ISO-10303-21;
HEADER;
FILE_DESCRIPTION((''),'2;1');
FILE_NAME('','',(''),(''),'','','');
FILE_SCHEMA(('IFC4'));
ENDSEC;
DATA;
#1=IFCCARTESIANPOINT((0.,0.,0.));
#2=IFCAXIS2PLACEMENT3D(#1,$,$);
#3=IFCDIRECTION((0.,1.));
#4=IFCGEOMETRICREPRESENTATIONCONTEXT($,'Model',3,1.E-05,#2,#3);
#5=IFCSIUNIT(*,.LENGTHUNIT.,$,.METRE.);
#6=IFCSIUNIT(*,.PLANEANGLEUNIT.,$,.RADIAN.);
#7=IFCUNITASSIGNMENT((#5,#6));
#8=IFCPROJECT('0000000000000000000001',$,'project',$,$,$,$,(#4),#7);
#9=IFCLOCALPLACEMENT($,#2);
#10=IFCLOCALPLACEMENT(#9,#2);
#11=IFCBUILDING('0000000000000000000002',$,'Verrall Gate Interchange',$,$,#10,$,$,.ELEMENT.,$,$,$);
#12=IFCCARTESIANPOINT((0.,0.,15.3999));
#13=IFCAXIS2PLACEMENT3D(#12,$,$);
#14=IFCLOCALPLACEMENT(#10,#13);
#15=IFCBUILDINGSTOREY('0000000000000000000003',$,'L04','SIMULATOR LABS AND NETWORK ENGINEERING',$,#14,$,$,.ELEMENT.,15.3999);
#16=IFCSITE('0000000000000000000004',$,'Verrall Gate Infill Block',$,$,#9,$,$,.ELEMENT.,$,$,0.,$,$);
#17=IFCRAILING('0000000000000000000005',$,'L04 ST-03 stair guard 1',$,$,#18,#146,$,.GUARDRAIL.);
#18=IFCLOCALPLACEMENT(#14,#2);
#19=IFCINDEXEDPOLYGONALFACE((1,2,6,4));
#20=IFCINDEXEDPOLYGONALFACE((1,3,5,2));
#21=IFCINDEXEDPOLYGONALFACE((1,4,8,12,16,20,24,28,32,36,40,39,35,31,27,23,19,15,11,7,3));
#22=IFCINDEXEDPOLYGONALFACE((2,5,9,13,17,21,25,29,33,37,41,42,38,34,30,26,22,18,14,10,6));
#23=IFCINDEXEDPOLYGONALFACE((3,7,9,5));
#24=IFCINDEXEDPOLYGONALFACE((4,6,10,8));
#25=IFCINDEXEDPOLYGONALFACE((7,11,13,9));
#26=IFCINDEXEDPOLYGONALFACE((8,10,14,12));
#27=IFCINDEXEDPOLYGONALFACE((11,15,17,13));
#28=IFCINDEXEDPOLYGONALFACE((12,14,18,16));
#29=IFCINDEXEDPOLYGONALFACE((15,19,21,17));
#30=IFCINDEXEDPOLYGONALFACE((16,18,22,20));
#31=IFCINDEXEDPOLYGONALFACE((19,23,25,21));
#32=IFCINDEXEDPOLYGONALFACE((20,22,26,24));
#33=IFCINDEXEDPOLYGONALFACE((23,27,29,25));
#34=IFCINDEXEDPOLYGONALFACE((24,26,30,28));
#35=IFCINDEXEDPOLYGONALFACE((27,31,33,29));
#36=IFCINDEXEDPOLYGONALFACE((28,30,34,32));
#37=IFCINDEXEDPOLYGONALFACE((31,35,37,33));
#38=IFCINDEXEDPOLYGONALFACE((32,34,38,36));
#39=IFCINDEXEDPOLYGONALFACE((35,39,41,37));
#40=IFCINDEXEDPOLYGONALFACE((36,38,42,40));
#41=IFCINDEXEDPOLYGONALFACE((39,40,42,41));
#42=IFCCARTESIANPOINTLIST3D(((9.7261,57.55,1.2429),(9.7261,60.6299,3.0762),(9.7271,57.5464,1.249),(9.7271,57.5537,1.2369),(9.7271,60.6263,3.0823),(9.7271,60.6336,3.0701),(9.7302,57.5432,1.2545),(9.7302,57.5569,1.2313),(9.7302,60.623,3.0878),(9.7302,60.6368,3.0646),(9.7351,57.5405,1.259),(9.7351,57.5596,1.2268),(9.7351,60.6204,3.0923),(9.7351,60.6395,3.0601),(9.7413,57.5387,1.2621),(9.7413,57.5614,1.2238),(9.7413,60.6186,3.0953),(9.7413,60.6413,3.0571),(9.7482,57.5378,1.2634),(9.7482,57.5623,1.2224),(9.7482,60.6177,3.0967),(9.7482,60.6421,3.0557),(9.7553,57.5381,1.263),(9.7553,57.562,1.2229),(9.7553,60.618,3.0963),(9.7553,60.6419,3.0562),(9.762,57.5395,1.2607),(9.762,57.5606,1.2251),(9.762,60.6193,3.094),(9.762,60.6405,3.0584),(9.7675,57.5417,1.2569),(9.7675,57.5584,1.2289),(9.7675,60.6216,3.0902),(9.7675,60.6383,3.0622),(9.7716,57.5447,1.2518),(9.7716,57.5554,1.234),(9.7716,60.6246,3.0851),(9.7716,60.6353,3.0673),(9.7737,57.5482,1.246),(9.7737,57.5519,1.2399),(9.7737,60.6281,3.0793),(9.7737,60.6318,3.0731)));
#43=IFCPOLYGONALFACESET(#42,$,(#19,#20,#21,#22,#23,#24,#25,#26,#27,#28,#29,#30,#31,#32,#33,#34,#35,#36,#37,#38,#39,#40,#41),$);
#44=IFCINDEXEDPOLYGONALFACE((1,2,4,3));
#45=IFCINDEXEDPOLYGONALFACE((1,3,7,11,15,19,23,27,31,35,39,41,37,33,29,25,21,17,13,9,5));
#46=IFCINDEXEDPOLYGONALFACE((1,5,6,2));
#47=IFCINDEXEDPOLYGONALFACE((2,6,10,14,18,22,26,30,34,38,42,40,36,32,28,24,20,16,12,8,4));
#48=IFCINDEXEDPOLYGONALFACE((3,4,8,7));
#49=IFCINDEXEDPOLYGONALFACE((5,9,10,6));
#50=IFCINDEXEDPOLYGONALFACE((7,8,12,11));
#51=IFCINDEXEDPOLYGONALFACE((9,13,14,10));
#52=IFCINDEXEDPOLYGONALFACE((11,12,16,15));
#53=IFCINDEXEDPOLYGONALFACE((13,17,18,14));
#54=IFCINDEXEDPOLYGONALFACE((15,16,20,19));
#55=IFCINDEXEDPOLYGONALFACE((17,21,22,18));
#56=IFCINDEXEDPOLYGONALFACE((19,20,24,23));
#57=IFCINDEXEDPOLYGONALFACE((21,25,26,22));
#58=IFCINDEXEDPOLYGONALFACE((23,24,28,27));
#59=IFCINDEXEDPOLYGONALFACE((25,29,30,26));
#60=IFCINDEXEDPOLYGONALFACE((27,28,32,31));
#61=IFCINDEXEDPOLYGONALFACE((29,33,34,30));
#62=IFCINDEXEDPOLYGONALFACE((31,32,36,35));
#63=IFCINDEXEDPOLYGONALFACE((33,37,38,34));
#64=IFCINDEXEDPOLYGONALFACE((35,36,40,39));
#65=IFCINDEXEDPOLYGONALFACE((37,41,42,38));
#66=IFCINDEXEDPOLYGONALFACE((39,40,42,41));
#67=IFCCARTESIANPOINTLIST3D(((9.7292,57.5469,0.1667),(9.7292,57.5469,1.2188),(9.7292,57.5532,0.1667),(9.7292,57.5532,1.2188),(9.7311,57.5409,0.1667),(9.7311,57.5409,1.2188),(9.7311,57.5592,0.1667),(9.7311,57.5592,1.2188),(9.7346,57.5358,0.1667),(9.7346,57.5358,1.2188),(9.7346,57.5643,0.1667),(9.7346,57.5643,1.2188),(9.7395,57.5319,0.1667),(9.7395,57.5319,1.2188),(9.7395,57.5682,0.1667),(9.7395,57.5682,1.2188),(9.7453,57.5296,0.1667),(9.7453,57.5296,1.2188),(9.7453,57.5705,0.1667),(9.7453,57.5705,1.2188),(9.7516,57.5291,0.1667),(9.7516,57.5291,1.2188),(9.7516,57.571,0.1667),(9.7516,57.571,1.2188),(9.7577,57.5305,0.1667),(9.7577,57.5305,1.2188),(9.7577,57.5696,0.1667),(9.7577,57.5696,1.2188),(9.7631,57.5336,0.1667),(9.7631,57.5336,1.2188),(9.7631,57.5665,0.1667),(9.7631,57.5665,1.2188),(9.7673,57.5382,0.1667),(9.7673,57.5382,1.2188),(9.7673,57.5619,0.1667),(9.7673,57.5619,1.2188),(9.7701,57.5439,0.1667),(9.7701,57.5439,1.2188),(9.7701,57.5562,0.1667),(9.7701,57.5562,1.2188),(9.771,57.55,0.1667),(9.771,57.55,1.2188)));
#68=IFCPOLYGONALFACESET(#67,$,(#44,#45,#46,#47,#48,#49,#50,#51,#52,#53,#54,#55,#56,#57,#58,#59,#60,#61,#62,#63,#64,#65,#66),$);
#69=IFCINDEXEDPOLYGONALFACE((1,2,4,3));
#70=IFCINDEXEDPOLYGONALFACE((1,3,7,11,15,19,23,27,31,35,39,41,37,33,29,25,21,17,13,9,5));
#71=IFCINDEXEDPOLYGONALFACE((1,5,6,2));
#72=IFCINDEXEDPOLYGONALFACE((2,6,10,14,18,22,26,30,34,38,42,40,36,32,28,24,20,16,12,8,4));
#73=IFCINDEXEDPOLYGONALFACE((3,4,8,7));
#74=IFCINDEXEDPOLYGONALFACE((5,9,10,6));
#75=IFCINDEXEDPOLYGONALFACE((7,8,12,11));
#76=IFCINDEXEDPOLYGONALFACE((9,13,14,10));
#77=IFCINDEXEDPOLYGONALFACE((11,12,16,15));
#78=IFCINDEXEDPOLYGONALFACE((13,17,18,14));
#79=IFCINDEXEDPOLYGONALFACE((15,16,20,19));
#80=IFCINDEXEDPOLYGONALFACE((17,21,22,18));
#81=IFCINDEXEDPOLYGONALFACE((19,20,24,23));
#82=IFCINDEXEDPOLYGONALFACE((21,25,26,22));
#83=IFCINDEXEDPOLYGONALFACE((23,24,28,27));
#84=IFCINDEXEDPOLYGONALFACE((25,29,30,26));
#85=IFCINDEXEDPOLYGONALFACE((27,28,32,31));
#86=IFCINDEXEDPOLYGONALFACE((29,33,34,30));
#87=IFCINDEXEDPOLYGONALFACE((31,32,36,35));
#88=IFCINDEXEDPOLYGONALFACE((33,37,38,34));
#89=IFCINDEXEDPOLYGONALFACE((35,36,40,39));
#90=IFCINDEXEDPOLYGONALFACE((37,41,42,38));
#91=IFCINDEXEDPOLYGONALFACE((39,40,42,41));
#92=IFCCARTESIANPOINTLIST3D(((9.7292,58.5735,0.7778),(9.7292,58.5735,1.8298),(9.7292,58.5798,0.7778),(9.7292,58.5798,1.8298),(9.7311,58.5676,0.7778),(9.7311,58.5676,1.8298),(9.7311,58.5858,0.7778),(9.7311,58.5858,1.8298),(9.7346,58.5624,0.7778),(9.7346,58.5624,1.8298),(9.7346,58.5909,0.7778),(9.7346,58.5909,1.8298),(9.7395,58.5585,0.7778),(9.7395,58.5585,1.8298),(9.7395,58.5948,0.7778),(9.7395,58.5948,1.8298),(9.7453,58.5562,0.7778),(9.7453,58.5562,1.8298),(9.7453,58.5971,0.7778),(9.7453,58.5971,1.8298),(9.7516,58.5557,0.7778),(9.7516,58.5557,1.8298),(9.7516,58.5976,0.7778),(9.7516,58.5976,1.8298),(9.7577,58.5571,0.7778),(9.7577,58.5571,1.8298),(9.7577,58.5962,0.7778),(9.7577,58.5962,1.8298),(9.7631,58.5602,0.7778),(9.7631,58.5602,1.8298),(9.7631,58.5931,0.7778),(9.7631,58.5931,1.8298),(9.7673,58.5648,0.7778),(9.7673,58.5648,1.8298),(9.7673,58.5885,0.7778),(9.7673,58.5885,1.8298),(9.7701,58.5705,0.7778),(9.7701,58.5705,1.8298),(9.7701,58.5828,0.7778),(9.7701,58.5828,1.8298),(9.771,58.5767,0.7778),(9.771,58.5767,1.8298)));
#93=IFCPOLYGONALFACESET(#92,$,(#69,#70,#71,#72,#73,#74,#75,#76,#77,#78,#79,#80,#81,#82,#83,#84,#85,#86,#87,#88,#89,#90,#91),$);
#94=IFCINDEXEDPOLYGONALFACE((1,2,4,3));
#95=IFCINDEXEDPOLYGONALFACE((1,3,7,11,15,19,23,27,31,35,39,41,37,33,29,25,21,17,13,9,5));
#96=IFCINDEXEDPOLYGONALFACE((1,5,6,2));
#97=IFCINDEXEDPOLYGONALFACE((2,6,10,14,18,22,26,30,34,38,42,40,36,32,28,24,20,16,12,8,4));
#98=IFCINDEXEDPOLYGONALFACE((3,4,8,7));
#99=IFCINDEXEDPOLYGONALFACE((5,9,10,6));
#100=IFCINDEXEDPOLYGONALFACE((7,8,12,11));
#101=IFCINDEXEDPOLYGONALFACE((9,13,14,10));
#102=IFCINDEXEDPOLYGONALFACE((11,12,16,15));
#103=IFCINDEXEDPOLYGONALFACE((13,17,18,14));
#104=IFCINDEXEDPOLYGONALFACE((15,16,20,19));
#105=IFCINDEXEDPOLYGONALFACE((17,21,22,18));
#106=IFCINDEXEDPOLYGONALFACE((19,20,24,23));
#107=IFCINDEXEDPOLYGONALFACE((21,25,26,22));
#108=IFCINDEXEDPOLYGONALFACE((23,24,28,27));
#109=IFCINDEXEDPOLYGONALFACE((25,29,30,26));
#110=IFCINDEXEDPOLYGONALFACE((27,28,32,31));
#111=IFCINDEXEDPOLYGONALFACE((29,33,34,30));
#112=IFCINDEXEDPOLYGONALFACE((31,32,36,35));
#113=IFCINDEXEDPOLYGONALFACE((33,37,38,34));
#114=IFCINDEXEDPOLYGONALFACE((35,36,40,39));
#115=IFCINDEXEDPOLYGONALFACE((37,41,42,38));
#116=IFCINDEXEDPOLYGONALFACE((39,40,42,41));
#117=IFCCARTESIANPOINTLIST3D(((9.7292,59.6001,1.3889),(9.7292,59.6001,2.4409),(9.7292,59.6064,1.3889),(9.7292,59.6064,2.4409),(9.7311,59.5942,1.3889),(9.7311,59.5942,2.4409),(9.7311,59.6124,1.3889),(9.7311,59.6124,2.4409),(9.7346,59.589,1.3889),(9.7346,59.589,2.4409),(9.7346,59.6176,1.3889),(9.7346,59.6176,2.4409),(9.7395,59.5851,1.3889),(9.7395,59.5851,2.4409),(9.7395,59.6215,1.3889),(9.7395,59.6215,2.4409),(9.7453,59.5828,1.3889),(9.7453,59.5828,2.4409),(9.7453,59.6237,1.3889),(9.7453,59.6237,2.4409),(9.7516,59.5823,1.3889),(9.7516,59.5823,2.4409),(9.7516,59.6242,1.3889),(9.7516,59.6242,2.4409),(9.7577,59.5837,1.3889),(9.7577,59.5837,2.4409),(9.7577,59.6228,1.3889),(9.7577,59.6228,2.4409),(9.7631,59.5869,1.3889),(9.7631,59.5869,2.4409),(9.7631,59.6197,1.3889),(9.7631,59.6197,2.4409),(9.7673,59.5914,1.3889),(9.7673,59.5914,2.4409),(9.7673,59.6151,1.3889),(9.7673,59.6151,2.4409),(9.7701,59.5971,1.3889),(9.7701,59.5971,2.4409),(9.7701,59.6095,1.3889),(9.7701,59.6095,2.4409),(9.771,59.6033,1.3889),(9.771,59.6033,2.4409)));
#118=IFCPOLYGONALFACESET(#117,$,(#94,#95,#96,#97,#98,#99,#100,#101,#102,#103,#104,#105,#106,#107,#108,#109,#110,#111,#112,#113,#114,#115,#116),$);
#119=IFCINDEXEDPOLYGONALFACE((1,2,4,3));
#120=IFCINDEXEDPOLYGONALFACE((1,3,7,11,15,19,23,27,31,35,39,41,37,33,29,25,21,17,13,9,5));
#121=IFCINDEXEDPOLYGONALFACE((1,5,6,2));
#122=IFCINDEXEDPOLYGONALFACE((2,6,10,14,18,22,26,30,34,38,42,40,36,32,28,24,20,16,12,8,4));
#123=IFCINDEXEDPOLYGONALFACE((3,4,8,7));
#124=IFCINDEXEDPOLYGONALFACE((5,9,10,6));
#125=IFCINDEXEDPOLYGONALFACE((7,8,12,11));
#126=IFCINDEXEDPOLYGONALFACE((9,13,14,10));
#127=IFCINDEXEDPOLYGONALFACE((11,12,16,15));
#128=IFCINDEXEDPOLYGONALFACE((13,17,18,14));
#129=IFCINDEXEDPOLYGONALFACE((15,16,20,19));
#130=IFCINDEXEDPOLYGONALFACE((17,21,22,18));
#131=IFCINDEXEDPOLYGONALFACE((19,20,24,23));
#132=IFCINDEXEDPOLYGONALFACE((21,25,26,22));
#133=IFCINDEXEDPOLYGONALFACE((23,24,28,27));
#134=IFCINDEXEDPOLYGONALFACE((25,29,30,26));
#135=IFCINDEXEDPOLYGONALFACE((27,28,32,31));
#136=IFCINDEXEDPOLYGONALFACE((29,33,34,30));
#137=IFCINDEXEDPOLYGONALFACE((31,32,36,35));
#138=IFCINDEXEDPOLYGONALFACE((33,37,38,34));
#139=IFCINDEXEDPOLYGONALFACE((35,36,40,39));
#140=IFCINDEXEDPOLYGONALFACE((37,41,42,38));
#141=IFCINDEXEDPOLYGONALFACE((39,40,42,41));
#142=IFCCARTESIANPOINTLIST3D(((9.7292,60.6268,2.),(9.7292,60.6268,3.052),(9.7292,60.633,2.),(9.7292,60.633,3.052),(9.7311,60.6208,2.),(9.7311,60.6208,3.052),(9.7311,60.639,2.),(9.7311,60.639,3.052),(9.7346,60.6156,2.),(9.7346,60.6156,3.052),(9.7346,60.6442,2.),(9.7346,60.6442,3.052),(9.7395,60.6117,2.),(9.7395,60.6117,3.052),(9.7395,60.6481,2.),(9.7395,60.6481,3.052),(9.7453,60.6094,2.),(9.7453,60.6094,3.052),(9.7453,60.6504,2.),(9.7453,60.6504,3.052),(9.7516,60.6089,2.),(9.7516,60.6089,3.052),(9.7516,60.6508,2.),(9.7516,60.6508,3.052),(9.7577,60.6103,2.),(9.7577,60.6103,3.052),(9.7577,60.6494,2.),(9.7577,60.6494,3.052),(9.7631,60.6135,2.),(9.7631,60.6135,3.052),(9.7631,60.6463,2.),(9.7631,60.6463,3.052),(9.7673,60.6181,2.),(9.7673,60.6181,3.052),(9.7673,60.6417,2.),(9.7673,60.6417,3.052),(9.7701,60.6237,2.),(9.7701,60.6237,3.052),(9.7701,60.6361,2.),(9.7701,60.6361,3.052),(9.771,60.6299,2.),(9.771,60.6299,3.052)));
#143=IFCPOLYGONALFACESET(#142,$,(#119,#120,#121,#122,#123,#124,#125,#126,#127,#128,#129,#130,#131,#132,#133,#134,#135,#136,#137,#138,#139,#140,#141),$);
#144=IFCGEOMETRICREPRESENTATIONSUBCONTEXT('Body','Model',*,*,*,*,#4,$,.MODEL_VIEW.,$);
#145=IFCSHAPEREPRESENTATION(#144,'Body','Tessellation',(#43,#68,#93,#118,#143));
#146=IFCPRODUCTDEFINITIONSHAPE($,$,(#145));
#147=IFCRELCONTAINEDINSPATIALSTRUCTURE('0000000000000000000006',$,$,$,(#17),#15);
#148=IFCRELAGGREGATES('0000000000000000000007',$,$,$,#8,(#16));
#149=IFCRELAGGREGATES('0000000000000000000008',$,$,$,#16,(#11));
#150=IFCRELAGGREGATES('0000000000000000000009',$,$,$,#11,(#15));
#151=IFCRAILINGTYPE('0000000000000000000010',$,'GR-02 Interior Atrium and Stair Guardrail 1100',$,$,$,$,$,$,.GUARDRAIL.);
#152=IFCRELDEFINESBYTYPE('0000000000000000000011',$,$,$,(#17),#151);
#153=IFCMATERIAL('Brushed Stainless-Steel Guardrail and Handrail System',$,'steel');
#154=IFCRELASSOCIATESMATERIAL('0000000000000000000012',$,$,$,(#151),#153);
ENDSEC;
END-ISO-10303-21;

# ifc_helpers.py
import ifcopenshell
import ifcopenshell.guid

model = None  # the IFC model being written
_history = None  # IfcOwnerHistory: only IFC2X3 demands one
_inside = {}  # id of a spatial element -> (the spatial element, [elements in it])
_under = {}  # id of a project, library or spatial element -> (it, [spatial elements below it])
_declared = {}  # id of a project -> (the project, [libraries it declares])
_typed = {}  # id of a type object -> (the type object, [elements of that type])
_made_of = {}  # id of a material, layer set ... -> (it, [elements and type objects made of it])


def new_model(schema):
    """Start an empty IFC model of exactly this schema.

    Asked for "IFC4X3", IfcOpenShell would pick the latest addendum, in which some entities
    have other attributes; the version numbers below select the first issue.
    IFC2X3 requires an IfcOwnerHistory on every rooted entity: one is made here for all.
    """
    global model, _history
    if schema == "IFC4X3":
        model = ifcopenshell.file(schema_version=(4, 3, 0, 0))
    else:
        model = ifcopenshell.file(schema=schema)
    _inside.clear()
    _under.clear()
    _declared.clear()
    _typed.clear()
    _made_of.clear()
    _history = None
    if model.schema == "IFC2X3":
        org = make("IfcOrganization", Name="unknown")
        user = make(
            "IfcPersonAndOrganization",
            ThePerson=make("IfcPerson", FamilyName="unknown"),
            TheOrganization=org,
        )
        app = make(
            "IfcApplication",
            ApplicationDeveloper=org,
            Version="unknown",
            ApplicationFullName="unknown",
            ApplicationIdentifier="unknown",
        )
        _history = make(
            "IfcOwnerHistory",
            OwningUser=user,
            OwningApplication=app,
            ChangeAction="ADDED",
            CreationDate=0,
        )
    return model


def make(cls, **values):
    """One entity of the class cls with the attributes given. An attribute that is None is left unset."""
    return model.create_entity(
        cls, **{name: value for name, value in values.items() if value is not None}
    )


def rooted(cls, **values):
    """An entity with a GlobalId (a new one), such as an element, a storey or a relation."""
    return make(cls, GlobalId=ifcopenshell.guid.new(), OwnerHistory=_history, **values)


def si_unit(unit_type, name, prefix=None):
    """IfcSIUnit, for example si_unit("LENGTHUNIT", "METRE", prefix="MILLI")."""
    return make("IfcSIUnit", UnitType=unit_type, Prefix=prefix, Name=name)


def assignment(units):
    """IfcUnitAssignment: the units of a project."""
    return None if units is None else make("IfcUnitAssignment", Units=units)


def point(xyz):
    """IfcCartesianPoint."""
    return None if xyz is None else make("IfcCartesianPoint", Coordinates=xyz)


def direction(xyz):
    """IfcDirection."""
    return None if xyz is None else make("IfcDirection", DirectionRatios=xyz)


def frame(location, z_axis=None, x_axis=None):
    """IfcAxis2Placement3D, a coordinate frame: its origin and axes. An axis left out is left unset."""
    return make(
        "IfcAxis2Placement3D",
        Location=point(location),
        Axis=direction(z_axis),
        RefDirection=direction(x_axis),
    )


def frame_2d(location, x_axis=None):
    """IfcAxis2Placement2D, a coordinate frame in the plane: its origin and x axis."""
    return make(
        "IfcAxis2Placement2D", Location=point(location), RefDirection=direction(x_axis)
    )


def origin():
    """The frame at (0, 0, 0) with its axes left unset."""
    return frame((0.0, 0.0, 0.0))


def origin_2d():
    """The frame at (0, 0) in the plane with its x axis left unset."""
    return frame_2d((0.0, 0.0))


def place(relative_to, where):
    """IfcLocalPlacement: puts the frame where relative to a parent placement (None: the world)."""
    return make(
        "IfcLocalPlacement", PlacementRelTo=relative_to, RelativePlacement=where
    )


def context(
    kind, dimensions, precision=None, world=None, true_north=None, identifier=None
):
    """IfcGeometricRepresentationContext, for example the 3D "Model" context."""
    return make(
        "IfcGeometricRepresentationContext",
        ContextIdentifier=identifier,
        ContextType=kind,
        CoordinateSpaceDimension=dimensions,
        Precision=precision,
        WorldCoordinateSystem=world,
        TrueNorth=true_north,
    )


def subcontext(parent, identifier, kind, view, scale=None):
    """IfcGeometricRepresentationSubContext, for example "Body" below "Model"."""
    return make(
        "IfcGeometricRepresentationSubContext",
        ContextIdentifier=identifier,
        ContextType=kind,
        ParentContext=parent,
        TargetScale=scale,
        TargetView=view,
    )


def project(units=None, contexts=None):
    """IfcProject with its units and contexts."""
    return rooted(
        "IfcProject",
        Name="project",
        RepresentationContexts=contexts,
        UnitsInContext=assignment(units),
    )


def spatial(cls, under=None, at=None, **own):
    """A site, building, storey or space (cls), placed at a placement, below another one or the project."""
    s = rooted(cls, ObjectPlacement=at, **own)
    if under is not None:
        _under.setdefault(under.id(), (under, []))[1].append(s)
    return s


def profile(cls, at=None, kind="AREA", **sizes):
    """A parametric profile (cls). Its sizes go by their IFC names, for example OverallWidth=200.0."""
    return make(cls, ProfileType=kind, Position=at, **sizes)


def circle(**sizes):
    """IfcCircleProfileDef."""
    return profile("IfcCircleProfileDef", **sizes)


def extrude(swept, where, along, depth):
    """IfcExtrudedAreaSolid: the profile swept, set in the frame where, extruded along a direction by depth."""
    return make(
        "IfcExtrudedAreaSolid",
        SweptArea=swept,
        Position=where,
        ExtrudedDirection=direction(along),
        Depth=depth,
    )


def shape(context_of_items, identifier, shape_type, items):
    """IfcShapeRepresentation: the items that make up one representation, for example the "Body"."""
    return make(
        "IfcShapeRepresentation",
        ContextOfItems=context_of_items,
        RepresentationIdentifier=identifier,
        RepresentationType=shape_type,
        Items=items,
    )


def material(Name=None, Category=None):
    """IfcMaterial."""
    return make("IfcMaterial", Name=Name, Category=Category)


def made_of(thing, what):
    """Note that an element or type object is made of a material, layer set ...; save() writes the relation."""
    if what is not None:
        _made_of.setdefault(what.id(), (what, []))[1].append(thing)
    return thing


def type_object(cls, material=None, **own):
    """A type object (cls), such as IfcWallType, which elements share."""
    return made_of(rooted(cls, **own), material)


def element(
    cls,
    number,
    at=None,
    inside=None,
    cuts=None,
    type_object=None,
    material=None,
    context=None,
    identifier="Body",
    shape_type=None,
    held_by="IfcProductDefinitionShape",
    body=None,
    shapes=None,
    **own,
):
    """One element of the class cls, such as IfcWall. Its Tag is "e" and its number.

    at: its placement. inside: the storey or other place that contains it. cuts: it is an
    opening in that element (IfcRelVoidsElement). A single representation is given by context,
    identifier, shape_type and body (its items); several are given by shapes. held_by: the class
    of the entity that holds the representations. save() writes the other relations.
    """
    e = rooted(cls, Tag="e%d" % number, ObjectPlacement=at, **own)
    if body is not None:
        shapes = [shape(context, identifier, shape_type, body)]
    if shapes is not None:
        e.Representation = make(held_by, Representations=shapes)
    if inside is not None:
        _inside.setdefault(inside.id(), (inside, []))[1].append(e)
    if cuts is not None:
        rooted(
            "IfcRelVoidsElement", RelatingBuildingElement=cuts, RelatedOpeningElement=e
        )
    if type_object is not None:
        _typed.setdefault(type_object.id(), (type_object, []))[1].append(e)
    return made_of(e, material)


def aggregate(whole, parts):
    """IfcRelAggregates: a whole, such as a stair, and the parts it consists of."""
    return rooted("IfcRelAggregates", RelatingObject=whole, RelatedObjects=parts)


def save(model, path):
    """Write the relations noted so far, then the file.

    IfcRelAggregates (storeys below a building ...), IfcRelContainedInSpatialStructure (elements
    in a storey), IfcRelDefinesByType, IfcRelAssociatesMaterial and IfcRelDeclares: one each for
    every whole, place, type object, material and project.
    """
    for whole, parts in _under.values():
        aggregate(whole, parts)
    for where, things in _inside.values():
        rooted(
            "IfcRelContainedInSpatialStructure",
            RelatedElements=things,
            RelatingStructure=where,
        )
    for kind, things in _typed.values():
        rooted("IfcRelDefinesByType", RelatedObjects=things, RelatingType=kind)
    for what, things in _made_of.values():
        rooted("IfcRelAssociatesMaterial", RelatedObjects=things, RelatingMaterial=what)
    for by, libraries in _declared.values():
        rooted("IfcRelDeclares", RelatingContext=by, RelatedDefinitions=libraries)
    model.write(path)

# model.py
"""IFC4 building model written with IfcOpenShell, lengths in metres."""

from ifc_helpers import new_model, si_unit, direction, frame, origin, origin_2d, place, context, subcontext, project, spatial, circle, extrude, material, type_object, element, save


model = new_model("IFC4")

# Units and contexts
model_context = context("Model", 3, precision=1e-05, world=origin(), true_north=direction((0.0, 1.0)))
body_context = subcontext(model_context, "Body", "Model", "MODEL_VIEW")
ifc_project = project(units=[si_unit("LENGTHUNIT", "METRE"), si_unit("PLANEANGLEUNIT", "RADIAN")], contexts=[model_context])

# Site, building, storey
site_placement = place(None, origin())
site = spatial("IfcSite", under=ifc_project, at=site_placement, Name="Verrall Gate Infill Block", CompositionType="ELEMENT", RefElevation=0.0)
building_placement = place(site_placement, origin())
building = spatial("IfcBuilding", under=site, at=building_placement, Name="Verrall Gate Interchange", CompositionType="ELEMENT")
storey_placement = place(building_placement, frame((0.0, 0.0, 15.3999)))
storey = spatial("IfcBuildingStorey", under=building, at=storey_placement, Name="L04", Description="SIMULATOR LABS AND NETWORK ENGINEERING", CompositionType="ELEMENT", Elevation=15.3999)

# Railing
ifc_material_1 = material(Name="Brushed Stainless-Steel Guardrail and Handrail System", Category="steel")
railing_type_1 = type_object("IfcRailingType", Name="GR-02 Interior Atrium and Stair Guardrail 1100", PredefinedType="GUARDRAIL", material=ifc_material_1)
railing_1_placement = place(storey_placement, frame((9.75, 57.55, 0.1667)))
element("IfcRailing", 1, at=railing_1_placement, inside=storey, type_object=railing_type_1, Name="L04 ST-03 stair guard 1", PredefinedType="GUARDRAIL", context=body_context, shape_type="SweptSolid", body=[
    extrude(circle(Radius=0.0239, at=origin_2d()), frame((0.0, 0.0, 1.0762), z_axis=(0.0, 0.859291, 0.511487), x_axis=(-1.0, 0.0, 0.0)), (0.0, 0.0, 1.0), 3.5842),
    extrude(circle(Radius=0.021, at=origin_2d()), origin(), (0.0, 0.0, 1.0), 1.052),
    extrude(circle(Radius=0.021, at=origin_2d()), frame((0.0, 1.0266, 0.6111)), (0.0, 0.0, 1.0), 1.052),
    extrude(circle(Radius=0.021, at=origin_2d()), frame((0.0, 2.0532, 1.2222)), (0.0, 0.0, 1.0), 1.052),
    extrude(circle(Radius=0.021, at=origin_2d()), frame((0.0, 3.0798, 1.8333)), (0.0, 0.0, 1.0), 1.052),
])

save(model, "model.ifc")
